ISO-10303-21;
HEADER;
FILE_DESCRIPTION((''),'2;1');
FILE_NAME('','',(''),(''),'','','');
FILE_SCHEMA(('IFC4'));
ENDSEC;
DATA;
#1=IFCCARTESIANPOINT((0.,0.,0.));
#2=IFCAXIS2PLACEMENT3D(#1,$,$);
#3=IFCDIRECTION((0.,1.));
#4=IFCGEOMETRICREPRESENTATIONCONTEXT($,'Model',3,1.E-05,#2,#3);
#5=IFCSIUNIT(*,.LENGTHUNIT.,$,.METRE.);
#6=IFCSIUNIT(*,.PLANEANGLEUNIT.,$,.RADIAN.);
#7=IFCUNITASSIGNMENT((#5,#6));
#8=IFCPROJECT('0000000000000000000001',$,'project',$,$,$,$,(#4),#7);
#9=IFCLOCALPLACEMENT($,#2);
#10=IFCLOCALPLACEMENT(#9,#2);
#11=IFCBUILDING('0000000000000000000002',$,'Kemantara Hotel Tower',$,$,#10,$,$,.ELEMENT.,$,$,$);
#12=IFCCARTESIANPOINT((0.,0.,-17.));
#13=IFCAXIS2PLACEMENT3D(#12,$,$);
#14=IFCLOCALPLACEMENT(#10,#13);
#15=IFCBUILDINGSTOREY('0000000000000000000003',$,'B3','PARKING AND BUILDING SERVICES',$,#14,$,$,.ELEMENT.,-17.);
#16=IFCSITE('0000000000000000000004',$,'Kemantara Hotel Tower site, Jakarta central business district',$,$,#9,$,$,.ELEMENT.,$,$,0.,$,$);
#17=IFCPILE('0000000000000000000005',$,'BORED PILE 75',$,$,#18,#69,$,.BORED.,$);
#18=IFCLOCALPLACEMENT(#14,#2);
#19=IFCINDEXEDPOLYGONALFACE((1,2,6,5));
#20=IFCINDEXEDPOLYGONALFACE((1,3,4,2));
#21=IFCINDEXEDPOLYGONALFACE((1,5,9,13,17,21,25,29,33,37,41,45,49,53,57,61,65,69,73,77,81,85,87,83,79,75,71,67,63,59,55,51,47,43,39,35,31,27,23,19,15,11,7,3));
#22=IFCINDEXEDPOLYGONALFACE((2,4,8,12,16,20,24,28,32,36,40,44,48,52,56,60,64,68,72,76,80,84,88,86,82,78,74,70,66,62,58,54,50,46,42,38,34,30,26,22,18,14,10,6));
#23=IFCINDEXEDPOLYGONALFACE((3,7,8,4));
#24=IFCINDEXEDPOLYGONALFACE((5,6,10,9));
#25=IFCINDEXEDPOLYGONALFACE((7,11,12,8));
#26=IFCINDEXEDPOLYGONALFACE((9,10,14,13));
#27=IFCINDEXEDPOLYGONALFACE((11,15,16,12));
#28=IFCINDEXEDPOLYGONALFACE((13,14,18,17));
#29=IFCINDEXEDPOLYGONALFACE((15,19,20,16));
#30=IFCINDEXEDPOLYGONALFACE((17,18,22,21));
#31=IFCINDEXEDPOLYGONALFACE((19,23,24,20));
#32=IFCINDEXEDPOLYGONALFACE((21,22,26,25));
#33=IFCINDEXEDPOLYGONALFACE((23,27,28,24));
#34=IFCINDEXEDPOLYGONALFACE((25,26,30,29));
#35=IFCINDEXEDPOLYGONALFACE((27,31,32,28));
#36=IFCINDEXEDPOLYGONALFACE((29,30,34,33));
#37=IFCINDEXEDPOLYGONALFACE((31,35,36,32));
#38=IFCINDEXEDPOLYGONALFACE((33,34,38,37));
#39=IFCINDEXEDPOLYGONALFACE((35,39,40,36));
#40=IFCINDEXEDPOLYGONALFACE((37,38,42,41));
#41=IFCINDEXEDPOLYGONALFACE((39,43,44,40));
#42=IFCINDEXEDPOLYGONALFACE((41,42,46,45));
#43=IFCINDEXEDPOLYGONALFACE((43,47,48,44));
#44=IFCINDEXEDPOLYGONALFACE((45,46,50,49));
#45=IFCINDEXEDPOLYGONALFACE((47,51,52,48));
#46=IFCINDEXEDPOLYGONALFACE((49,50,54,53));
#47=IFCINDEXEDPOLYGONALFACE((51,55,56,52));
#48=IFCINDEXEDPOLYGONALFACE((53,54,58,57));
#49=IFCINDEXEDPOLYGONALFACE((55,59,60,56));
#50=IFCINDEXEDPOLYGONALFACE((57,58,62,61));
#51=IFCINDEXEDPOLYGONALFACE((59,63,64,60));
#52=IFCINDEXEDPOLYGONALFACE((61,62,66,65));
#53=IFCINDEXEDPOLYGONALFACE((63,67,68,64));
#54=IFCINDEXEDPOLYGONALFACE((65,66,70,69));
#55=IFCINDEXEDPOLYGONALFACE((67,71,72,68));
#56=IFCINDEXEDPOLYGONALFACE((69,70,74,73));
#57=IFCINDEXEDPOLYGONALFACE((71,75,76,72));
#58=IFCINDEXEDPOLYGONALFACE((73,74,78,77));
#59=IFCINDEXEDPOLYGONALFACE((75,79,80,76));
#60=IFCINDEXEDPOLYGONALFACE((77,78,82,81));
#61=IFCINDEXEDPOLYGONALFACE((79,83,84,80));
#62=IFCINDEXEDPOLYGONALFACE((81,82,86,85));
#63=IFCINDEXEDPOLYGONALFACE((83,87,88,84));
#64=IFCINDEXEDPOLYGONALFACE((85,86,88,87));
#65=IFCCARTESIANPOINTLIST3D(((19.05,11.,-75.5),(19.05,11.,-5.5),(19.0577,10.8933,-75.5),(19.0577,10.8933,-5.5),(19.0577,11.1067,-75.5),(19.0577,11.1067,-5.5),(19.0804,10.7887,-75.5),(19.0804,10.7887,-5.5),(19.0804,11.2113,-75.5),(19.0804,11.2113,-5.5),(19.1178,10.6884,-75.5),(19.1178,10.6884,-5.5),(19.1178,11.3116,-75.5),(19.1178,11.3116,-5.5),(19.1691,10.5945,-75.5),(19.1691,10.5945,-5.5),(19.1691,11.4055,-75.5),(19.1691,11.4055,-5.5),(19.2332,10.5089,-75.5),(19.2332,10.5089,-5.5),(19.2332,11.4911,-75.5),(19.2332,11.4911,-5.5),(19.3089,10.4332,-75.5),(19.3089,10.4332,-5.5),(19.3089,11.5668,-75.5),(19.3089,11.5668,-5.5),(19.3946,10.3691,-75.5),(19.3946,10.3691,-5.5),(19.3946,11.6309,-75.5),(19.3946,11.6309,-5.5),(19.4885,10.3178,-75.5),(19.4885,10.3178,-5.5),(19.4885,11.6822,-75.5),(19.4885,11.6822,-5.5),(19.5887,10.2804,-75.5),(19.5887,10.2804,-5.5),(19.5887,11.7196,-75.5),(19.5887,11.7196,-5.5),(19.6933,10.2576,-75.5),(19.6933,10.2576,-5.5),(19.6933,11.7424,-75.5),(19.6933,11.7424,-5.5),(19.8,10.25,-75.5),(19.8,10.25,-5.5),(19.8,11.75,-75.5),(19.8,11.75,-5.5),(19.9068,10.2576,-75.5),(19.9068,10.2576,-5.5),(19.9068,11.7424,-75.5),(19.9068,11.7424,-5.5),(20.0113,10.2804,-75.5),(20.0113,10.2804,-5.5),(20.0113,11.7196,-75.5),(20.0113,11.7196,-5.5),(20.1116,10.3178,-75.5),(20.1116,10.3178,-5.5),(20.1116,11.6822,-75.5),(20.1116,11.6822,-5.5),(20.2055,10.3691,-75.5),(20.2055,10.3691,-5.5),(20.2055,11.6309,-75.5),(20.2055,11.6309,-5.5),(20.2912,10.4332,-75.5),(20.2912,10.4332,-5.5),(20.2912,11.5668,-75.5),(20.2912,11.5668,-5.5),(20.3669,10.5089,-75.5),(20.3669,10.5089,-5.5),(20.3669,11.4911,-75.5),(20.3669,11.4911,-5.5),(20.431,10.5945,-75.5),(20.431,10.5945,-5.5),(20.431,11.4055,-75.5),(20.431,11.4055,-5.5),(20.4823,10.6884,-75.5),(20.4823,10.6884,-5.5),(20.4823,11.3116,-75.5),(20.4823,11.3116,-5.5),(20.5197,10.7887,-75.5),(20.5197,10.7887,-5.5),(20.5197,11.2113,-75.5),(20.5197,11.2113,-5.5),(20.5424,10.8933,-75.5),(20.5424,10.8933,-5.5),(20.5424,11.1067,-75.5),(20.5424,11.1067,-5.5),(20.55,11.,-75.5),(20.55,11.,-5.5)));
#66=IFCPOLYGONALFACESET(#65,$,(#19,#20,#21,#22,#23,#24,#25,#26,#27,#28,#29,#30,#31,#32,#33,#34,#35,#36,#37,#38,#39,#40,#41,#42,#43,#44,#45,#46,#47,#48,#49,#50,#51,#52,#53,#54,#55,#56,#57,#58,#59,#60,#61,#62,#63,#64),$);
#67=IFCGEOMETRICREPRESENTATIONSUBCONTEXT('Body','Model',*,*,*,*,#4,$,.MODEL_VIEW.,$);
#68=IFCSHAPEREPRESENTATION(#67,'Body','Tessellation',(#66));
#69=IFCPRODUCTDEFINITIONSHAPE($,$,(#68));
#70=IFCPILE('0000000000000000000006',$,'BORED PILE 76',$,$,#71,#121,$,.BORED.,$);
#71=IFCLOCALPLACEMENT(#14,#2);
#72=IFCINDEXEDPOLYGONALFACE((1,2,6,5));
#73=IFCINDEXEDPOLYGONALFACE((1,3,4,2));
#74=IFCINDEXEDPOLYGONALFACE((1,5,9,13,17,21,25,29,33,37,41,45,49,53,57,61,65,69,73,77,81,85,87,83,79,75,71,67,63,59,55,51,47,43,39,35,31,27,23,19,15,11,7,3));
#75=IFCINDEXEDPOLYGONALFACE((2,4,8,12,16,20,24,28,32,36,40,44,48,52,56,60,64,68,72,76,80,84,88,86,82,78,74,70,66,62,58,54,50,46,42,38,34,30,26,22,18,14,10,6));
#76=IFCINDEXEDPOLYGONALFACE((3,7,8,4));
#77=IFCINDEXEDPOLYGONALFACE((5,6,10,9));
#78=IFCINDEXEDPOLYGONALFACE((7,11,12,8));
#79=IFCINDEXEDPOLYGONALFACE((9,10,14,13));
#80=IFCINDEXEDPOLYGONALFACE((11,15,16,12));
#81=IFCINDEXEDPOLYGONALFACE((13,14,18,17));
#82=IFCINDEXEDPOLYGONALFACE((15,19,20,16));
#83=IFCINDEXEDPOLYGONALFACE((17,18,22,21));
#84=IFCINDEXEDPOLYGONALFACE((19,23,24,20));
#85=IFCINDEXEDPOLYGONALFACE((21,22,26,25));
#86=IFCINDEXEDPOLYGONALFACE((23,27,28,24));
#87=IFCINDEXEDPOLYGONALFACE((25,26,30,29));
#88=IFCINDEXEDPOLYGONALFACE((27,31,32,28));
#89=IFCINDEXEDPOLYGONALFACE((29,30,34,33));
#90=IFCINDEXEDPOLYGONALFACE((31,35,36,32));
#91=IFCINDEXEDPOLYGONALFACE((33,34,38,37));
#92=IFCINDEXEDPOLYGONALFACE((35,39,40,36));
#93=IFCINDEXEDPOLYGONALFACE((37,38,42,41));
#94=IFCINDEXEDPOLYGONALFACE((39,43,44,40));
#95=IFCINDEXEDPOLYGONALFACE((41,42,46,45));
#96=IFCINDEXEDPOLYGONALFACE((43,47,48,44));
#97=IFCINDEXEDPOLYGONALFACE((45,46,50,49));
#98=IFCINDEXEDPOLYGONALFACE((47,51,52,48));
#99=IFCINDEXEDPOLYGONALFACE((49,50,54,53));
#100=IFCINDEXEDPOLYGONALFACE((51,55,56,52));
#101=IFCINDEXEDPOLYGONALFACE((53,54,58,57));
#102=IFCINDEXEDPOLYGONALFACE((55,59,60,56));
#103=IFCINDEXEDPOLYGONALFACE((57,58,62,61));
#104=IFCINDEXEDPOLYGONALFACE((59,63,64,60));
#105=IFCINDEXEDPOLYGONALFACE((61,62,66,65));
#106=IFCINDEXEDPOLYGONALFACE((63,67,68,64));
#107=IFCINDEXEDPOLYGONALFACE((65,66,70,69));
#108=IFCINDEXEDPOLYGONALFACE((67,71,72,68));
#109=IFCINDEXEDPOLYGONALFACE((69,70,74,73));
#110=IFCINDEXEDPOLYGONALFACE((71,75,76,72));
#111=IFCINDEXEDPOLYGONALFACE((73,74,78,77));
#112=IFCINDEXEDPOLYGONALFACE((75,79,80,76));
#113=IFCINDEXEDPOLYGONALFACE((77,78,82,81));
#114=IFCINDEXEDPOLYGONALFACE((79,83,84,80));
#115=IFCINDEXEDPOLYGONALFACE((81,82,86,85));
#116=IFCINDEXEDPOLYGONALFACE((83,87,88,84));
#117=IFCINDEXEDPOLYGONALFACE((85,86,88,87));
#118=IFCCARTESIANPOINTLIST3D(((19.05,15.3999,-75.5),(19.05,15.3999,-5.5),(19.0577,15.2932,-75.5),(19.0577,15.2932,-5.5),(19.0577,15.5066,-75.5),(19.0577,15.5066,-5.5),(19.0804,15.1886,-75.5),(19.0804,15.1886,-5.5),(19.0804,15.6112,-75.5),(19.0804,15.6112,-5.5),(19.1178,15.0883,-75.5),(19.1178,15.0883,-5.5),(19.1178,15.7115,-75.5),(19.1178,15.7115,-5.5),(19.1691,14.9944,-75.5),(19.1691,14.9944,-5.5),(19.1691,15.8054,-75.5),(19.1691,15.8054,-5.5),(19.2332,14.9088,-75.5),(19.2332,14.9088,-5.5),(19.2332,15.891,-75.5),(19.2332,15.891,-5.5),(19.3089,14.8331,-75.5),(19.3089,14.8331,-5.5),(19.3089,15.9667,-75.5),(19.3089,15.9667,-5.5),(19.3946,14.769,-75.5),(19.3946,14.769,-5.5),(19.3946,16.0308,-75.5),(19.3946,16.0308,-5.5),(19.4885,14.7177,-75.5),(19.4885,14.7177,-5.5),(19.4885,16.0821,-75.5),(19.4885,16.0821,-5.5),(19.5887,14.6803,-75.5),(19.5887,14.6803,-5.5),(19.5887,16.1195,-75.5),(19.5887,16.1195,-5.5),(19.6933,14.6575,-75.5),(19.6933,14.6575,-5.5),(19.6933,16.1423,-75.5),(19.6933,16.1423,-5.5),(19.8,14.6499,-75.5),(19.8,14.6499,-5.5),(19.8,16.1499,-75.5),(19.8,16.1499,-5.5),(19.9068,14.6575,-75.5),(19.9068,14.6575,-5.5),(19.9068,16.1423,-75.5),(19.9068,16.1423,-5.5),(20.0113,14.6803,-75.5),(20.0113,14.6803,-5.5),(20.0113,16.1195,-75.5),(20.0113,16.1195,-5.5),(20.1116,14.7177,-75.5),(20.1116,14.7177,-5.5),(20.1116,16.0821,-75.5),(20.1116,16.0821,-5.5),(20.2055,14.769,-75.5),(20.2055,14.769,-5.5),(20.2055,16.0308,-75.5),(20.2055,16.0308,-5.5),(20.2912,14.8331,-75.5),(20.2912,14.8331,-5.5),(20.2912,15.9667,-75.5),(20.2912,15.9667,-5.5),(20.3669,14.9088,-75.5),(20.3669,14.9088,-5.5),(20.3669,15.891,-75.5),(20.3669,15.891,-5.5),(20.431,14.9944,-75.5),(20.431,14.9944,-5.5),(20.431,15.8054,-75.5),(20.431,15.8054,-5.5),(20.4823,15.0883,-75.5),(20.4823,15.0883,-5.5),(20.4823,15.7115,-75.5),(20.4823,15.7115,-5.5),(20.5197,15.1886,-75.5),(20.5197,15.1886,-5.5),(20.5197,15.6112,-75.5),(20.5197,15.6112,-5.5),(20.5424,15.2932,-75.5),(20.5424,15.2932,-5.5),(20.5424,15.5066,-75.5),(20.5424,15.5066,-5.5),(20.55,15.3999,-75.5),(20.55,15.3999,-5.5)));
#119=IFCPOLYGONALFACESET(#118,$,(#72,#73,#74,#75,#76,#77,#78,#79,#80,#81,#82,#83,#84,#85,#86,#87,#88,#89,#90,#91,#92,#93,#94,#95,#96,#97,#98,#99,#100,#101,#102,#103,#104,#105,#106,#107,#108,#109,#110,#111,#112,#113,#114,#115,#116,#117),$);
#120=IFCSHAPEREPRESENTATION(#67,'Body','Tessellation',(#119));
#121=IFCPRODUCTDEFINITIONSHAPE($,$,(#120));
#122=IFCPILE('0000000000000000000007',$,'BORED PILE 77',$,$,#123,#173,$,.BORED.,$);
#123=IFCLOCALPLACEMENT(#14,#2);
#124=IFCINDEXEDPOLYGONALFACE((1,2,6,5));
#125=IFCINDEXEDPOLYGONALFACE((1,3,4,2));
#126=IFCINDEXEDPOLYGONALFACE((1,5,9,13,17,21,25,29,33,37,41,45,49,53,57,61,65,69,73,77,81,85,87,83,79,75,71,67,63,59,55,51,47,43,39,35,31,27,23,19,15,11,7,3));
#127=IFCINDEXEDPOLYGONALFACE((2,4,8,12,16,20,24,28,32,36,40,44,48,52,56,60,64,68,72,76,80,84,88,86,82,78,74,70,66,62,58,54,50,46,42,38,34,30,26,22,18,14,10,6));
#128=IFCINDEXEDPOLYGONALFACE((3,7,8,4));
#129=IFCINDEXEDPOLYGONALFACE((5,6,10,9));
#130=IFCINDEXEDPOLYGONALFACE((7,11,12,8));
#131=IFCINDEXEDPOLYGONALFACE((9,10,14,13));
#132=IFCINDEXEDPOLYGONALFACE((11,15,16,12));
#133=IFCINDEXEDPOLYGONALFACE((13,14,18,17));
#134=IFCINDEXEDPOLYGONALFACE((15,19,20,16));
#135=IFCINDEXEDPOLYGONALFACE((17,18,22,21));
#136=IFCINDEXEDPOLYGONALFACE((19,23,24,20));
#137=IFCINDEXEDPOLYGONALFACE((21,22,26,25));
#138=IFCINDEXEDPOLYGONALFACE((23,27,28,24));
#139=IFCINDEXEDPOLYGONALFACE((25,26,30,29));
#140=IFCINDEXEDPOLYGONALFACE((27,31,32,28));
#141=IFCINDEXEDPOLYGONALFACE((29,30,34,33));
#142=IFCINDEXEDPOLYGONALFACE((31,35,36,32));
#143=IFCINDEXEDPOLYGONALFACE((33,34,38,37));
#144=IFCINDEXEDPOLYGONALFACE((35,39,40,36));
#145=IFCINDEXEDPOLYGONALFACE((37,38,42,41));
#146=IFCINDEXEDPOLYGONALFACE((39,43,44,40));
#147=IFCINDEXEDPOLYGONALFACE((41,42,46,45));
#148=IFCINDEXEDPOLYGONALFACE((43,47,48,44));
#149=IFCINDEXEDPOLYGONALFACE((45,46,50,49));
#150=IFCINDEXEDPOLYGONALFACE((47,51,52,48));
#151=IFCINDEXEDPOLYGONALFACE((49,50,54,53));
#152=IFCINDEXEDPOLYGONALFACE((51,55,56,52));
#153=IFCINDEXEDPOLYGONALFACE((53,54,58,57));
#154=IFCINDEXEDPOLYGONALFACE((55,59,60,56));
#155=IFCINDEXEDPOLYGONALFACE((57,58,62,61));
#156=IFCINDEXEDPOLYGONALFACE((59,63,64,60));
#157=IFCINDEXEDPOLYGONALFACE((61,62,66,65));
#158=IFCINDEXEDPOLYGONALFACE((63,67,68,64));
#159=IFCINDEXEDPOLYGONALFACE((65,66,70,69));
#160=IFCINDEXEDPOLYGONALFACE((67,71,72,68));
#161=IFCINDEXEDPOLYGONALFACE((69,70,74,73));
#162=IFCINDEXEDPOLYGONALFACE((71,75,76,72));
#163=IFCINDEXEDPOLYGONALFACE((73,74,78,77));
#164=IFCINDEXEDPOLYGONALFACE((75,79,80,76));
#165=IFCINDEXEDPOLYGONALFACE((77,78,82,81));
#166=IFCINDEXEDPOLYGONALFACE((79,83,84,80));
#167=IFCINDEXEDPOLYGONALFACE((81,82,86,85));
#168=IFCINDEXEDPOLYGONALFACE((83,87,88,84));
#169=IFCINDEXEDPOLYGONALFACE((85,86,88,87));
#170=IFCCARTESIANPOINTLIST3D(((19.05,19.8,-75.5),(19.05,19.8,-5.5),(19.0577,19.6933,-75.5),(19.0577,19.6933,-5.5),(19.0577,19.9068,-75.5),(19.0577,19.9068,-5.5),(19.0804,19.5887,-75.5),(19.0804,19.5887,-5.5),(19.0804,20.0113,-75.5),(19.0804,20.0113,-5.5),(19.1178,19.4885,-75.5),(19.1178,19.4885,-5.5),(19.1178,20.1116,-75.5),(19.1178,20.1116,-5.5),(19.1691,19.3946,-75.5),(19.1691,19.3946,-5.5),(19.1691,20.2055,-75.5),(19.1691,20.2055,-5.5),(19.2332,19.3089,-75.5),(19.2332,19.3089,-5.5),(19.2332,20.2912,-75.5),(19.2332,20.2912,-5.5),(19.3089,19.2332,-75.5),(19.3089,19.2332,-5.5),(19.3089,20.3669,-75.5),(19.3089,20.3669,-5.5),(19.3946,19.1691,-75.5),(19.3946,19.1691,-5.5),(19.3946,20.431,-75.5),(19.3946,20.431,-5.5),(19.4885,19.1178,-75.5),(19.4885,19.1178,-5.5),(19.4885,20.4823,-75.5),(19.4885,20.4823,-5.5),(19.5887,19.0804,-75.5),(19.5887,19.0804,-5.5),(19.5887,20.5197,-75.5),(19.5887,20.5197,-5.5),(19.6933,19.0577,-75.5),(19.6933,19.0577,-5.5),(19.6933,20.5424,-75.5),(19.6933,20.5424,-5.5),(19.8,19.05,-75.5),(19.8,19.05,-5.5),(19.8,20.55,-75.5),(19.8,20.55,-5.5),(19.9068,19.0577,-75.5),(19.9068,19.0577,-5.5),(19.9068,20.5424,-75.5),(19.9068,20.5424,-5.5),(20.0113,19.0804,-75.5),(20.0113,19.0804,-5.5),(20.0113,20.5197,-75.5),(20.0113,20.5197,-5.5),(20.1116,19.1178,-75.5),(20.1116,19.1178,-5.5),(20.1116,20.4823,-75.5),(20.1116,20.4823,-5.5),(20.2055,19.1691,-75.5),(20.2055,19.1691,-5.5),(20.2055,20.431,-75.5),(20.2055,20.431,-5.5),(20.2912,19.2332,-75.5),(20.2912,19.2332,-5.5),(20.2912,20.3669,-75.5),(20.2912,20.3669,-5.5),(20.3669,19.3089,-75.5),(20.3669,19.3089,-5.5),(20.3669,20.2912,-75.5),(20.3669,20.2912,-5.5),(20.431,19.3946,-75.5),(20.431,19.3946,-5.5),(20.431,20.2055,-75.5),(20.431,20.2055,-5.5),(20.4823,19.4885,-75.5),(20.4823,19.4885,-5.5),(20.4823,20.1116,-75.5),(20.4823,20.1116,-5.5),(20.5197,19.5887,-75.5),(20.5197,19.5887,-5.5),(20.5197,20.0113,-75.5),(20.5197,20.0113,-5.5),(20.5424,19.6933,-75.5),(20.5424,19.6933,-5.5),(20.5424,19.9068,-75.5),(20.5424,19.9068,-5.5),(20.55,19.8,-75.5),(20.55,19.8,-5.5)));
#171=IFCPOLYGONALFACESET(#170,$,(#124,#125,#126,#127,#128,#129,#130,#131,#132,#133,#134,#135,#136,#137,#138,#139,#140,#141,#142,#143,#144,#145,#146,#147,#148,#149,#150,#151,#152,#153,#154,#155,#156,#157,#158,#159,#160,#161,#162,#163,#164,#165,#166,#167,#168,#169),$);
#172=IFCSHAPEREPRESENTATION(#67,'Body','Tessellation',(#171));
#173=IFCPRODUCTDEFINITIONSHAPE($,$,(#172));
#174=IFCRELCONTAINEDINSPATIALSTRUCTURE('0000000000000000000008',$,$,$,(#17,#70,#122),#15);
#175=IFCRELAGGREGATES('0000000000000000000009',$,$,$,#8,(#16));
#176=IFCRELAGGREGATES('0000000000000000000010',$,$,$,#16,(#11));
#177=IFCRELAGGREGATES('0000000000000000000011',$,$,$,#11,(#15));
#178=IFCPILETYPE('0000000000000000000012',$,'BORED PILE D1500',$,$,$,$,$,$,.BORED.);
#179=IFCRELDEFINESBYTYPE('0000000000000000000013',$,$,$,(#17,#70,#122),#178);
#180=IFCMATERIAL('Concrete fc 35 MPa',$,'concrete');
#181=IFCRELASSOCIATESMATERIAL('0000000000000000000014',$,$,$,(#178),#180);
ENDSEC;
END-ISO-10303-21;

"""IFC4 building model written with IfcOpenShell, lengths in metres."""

from ifc_helpers import new_model, si_unit, direction, frame, origin, origin_2d, place, context, subcontext, project, spatial, circle, extrude, material, material_profile, profile_set, type_object, element, save


model = new_model("IFC4")

# Units and contexts
model_context = context("Model", 3, precision=1e-05, world=origin(), true_north=direction((0.0, 1.0)))
body_context = subcontext(model_context, "Body", "Model", "MODEL_VIEW")
ifc_project = project(units=[si_unit("LENGTHUNIT", "METRE"), si_unit("PLANEANGLEUNIT", "RADIAN")], contexts=[model_context])

# Site, building, storey
site_placement = place(None, origin())
site = spatial("IfcSite", under=ifc_project, at=site_placement, Name="Kemantara Hotel Tower site, Jakarta central business district", CompositionType="ELEMENT", RefElevation=0.0)
building_placement = place(site_placement, origin())
building = spatial("IfcBuilding", under=site, at=building_placement, Name="Kemantara Hotel Tower", CompositionType="ELEMENT")
storey_placement = place(building_placement, frame((0.0, 0.0, -17.0)))
storey = spatial("IfcBuildingStorey", under=building, at=storey_placement, Name="B3", Description="PARKING AND BUILDING SERVICES", CompositionType="ELEMENT", Elevation=-17.0)

# Piles
ifc_material_1 = material(Name="Concrete fc 35 MPa", Category="concrete")
ifc_material_profile_1 = material_profile(ifc_material_1, circle(Radius=0.75, at=origin_2d()), Name="BORED PILE D1500")
ifc_profile_set_1 = profile_set([ifc_material_profile_1], Name="Concrete fc 35 MPa")
pile_type = type_object("IfcPileType", Name="BORED PILE D1500", PredefinedType="BORED", material=ifc_profile_set_1)
for number, where, z_axis, x_axis, name in (
    (1, (19.8, 11.0, -5.5), (0.0, 0.0, -1.0), (1.0, 0.0, 0.0), "BORED PILE 75"),
    (2, (19.8, 15.3999, -5.5), (0.0, 0.0, -1.0), (1.0, 0.0, 0.0), "BORED PILE 76"),
    (3, (19.8, 19.8, -5.5), (0.0, 0.0, -1.0), (1.0, 0.0, 0.0), "BORED PILE 77"),
):
    element("IfcPile", number, at=place(storey_placement, frame(where, z_axis=z_axis, x_axis=x_axis)), inside=storey, type_object=pile_type, Name=name, PredefinedType="BORED", context=body_context, shape_type="SweptSolid", body=[
        extrude(circle(Radius=0.75, at=origin_2d()), origin(), (0.0, 0.0, 1.0), 70.0),
    ])

save(model, "model.ifc")
